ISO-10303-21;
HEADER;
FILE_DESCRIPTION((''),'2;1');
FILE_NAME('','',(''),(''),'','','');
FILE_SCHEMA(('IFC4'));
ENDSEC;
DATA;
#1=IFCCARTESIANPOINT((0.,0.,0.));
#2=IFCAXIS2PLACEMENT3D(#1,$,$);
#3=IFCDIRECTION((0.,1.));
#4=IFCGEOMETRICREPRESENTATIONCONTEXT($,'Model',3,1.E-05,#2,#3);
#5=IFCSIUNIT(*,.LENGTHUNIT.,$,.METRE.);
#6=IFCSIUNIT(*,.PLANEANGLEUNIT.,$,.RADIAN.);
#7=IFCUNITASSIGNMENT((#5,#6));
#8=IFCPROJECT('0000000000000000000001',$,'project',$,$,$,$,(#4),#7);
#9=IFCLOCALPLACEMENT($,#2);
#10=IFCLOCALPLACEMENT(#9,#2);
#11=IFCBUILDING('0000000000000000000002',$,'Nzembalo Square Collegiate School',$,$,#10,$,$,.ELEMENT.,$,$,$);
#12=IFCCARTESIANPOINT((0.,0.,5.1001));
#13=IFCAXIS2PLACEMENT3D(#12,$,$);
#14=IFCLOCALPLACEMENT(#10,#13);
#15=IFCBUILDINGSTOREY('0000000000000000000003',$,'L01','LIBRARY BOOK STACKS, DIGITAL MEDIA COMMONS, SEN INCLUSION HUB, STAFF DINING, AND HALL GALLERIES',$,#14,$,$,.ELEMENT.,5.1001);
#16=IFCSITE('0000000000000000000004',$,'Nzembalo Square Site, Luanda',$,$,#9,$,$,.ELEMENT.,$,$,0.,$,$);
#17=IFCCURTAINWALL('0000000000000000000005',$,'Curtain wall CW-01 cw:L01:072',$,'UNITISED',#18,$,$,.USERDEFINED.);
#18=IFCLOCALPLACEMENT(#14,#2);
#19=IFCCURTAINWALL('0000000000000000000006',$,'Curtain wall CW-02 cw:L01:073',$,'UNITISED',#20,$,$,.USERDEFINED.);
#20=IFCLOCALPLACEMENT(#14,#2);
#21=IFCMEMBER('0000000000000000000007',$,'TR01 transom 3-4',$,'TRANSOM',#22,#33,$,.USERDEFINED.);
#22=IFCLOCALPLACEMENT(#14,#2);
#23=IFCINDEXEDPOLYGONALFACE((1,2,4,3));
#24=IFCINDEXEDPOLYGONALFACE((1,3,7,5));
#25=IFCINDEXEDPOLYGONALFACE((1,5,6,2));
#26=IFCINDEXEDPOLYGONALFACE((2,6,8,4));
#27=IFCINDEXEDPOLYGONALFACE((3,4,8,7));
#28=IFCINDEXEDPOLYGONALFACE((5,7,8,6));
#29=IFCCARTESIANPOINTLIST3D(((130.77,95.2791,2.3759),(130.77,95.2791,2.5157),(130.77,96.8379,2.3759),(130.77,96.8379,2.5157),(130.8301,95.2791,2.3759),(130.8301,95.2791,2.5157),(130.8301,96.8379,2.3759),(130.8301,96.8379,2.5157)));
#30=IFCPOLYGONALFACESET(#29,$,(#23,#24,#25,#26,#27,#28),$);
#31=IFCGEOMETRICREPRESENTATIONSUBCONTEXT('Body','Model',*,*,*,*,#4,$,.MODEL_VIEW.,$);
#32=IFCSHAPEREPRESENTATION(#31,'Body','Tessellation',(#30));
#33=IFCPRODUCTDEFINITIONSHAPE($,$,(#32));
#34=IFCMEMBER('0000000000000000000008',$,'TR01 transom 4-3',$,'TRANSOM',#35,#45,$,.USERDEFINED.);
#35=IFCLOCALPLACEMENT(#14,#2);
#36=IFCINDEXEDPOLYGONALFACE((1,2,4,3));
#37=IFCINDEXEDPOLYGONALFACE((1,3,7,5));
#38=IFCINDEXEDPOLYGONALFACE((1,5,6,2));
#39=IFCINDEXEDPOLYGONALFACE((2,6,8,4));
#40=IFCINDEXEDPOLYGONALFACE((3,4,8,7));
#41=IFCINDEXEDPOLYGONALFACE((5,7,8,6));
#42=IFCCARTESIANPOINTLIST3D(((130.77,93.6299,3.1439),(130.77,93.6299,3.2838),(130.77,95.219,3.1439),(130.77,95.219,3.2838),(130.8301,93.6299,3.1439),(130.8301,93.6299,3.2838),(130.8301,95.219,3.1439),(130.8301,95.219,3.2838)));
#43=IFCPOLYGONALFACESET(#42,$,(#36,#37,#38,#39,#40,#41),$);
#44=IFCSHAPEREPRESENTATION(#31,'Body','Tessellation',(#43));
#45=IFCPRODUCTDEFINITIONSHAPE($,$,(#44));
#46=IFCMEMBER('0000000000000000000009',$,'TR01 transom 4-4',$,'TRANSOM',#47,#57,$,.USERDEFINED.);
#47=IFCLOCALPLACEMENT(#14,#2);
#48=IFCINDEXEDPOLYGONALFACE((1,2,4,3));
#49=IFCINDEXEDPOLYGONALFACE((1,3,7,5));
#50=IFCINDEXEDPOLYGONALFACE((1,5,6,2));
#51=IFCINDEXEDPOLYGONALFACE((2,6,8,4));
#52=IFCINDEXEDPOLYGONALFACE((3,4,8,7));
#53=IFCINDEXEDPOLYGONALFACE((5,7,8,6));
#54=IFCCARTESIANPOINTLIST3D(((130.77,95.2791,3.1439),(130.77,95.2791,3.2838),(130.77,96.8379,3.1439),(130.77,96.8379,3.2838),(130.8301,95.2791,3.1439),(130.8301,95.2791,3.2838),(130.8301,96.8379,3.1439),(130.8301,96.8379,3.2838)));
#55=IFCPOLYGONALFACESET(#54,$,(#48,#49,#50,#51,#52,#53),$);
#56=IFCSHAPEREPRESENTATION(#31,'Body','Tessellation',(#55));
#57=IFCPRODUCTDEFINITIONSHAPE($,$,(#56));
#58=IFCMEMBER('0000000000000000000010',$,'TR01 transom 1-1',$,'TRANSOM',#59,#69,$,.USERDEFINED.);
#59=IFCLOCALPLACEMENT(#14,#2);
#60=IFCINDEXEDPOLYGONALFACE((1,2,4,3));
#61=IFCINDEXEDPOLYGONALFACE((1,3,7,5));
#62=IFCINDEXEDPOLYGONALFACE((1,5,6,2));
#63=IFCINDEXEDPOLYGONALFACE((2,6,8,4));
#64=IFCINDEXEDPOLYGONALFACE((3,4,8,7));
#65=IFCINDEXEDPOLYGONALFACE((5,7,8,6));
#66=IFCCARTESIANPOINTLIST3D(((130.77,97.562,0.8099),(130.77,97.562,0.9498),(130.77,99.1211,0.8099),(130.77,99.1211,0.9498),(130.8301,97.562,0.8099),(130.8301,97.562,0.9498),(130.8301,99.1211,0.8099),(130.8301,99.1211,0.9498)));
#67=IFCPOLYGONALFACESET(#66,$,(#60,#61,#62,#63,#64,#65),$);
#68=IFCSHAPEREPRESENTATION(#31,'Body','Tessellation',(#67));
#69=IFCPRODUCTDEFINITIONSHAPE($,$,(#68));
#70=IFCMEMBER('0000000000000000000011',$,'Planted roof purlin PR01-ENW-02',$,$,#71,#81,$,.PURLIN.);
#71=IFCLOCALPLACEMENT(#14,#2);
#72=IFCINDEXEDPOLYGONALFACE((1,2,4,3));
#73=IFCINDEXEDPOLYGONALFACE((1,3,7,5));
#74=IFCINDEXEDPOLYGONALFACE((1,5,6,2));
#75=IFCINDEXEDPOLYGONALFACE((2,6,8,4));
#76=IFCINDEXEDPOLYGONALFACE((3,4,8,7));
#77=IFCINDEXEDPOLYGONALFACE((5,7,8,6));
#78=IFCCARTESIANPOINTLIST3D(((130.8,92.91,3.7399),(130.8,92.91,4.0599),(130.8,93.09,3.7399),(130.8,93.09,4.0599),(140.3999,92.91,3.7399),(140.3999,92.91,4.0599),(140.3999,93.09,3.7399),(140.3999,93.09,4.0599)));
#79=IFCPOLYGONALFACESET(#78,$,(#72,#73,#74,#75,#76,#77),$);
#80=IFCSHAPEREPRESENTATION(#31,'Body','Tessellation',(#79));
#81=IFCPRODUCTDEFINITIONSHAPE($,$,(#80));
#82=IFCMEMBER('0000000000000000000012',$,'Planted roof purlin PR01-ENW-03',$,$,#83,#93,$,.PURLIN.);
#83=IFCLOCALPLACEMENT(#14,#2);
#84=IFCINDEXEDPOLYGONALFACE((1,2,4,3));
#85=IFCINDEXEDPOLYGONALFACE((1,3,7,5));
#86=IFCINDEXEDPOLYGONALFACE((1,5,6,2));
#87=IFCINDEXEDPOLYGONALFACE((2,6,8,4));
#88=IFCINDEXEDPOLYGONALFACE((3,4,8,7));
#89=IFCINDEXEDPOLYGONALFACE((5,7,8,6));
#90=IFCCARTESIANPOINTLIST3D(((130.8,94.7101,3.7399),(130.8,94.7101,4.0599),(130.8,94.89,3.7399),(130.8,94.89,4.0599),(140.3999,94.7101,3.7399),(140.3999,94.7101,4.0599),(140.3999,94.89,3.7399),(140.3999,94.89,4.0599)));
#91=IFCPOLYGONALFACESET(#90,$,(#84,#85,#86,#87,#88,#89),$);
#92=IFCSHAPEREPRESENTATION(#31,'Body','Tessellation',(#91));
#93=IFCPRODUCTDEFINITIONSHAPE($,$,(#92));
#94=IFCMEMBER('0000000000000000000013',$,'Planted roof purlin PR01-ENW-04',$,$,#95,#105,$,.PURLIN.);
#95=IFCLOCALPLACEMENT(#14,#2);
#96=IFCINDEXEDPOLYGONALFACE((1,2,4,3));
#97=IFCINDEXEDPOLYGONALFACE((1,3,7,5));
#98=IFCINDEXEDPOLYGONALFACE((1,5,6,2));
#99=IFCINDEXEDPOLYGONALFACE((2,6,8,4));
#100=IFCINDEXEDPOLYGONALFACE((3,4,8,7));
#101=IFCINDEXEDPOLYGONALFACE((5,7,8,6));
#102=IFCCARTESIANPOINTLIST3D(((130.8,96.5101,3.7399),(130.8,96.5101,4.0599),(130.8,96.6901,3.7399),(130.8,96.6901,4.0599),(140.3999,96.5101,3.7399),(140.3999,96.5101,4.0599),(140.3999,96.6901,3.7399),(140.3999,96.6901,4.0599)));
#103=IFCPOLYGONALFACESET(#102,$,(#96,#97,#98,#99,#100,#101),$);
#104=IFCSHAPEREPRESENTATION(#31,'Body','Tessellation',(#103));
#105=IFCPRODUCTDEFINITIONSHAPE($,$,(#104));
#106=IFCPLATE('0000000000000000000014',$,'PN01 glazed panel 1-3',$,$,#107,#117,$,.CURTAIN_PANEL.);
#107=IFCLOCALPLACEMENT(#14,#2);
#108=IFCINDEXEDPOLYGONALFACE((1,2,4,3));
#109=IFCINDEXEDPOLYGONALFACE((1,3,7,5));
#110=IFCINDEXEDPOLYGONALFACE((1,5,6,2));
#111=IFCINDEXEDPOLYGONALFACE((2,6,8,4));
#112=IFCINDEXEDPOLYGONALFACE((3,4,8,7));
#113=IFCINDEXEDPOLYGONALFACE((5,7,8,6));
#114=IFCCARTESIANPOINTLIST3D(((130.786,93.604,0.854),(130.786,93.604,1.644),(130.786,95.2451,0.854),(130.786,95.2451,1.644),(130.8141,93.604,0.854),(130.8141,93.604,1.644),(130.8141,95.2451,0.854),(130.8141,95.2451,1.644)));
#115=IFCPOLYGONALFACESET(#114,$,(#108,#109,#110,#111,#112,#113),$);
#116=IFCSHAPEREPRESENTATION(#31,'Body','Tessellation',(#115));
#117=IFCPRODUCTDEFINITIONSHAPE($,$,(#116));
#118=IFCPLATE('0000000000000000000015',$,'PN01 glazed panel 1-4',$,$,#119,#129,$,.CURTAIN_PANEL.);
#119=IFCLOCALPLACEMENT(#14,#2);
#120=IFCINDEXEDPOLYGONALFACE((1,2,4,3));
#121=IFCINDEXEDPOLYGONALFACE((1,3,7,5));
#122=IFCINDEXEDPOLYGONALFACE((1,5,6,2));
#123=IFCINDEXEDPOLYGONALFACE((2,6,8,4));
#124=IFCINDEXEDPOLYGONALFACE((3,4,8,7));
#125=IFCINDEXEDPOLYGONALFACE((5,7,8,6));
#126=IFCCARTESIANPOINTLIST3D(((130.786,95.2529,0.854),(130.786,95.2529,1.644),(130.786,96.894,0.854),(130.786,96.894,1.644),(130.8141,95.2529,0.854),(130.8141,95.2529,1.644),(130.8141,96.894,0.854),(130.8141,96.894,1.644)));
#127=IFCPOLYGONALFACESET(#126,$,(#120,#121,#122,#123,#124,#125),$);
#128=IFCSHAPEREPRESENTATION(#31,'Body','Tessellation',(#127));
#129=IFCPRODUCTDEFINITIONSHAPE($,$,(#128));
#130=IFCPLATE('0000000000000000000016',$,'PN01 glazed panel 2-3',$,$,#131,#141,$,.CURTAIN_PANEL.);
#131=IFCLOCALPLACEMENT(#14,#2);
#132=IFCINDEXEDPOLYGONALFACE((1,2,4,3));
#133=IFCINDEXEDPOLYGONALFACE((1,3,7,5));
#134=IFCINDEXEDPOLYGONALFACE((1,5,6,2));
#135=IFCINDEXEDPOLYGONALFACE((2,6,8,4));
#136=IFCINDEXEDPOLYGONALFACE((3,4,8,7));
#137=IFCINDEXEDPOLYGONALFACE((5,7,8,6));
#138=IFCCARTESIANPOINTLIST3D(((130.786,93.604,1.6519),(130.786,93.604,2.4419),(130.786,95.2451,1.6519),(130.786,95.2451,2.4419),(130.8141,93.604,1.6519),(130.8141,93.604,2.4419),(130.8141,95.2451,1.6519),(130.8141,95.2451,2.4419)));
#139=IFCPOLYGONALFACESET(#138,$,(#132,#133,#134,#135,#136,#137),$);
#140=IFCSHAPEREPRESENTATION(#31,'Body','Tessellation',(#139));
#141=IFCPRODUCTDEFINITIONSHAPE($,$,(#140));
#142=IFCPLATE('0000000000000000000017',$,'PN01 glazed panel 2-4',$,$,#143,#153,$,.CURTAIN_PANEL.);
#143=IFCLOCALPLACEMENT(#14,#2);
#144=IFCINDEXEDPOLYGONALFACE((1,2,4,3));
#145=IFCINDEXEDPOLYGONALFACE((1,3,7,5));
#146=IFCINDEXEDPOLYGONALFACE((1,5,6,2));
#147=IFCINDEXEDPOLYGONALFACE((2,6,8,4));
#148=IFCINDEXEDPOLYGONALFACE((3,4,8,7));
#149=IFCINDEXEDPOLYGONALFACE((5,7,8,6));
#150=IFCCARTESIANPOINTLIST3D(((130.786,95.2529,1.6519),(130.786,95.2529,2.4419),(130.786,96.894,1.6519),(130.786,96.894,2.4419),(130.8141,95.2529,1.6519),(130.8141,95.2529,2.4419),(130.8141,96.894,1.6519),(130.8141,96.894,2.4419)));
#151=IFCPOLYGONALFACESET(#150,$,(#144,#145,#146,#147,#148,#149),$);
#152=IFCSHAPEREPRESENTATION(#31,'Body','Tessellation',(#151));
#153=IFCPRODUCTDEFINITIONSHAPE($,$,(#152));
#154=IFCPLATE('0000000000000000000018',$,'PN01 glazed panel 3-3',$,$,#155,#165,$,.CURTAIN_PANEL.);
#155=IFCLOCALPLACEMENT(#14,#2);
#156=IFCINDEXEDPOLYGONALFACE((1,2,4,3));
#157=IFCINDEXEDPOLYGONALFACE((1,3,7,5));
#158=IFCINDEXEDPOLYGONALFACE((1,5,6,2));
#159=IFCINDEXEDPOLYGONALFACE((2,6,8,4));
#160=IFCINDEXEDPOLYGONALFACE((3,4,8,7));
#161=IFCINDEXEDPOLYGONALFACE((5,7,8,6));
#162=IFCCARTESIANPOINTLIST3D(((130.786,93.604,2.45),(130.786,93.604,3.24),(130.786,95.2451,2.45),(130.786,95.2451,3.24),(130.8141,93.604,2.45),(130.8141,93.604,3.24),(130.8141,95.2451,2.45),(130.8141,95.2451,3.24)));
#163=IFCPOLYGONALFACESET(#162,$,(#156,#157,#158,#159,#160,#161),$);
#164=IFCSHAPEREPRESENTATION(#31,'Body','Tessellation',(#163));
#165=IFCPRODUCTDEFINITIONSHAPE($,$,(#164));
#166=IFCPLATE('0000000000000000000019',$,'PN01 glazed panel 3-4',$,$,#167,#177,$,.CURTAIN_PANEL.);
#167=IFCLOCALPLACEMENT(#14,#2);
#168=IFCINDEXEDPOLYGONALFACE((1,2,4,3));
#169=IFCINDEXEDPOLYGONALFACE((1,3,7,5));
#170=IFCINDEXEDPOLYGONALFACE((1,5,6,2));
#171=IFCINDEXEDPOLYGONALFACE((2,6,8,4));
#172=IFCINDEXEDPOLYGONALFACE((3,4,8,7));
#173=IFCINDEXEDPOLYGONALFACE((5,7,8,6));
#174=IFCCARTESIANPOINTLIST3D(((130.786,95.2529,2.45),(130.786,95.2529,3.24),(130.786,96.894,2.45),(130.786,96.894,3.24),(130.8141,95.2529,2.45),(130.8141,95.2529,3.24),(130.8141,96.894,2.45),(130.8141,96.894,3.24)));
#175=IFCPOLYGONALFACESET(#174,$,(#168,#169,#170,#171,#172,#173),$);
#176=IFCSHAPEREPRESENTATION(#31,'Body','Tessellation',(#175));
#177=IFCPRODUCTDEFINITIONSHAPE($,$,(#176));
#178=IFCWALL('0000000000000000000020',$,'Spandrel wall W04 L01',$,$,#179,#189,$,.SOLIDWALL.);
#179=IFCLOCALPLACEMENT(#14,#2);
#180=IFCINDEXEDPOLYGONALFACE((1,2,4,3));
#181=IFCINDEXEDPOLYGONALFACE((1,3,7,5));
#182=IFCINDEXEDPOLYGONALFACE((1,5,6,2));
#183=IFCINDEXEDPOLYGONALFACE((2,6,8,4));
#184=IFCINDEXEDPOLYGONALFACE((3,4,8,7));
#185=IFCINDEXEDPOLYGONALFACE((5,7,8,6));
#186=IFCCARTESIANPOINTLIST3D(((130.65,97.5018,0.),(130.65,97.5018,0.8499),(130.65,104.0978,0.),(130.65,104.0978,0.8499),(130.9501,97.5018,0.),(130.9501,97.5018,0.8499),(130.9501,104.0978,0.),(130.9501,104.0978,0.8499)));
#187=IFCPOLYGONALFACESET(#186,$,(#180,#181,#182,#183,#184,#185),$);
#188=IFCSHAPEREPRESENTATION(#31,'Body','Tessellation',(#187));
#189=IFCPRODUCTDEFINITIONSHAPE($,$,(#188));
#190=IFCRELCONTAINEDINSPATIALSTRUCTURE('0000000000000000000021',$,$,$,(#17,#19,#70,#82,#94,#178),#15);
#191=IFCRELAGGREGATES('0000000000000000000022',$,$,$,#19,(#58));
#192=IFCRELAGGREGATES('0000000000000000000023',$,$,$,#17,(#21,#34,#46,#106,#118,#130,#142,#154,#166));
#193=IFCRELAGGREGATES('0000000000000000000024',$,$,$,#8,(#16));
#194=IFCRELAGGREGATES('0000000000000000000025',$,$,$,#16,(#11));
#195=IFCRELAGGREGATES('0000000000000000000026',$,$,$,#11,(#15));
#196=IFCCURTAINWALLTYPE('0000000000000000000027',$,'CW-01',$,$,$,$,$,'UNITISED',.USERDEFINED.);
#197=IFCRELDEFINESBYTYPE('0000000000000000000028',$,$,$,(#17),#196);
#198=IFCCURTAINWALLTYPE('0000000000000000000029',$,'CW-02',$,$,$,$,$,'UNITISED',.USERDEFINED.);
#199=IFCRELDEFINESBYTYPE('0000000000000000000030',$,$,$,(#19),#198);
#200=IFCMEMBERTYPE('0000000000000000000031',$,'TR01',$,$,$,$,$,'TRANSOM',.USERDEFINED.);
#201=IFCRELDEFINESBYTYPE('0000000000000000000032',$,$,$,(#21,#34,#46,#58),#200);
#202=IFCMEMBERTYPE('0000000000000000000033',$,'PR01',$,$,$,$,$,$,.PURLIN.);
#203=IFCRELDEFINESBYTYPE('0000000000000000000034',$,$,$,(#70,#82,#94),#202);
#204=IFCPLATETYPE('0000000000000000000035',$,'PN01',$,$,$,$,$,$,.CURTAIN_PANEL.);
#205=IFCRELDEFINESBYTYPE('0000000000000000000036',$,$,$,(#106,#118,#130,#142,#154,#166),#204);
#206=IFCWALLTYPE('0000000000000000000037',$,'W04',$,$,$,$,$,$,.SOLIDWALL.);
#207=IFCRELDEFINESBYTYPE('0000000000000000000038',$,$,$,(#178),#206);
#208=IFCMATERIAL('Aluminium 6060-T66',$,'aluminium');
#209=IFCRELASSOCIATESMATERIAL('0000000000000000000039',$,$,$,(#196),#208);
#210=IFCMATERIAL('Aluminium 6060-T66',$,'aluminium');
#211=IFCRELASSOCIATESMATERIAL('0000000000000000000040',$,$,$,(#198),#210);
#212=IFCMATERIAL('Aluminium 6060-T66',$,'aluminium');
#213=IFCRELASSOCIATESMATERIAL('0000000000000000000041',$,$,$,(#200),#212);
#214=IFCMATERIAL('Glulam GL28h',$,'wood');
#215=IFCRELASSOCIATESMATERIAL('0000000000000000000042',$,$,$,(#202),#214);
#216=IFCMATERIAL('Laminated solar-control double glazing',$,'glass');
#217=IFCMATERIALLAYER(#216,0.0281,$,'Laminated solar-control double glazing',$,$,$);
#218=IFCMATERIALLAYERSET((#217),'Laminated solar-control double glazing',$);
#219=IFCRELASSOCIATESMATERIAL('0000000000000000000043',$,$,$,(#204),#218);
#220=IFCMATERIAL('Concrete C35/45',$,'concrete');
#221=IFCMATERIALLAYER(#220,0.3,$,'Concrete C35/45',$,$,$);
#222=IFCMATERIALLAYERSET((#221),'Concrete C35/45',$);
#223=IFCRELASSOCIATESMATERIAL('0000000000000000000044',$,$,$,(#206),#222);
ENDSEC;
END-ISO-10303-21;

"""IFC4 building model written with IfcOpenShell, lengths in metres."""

from ifc_helpers import new_model, si_unit, direction, frame, frame_2d, origin, origin_2d, place, context, subcontext, project, spatial, rectangle, extrude, material, layer, layer_set, material_profile, profile_set, type_object, element, aggregate, save


model = new_model("IFC4")

# Units and contexts
model_context = context("Model", 3, precision=1e-05, world=origin(), true_north=direction((0.0, 1.0)))
body_context = subcontext(model_context, "Body", "Model", "MODEL_VIEW")
ifc_project = project(units=[si_unit("LENGTHUNIT", "METRE"), si_unit("PLANEANGLEUNIT", "RADIAN")], contexts=[model_context])

# Site, building, storey
site_placement = place(None, origin())
site = spatial("IfcSite", under=ifc_project, at=site_placement, Name="Nzembalo Square Site, Luanda", CompositionType="ELEMENT", RefElevation=0.0)
building_placement = place(site_placement, origin())
building = spatial("IfcBuilding", under=site, at=building_placement, Name="Nzembalo Square Collegiate School", CompositionType="ELEMENT")
storey_placement = place(building_placement, frame((0.0, 0.0, 5.1001)))
storey = spatial("IfcBuildingStorey", under=building, at=storey_placement, Name="L01", Description="LIBRARY BOOK STACKS, DIGITAL MEDIA COMMONS, SEN INCLUSION HUB, STAFF DINING, AND HALL GALLERIES", CompositionType="ELEMENT", Elevation=5.1001)

# Curtain wall
ifc_material_1 = material(Name="Aluminium 6060-T66", Category="aluminium")
curtain_wall_type_1 = type_object("IfcCurtainWallType", Name="CW-01", ElementType="UNITISED", PredefinedType="USERDEFINED", material=ifc_material_1)
curtain_wall_1_placement = place(storey_placement, origin())
curtain_wall_1 = element("IfcCurtainWall", 1, at=curtain_wall_1_placement, inside=storey, type_object=curtain_wall_type_1, Name="Curtain wall CW-01 cw:L01:072", ObjectType="UNITISED", PredefinedType="USERDEFINED")

# Curtain wall
ifc_material_2 = material(Name="Aluminium 6060-T66", Category="aluminium")
curtain_wall_type_2 = type_object("IfcCurtainWallType", Name="CW-02", ElementType="UNITISED", PredefinedType="USERDEFINED", material=ifc_material_2)
curtain_wall_2_placement = place(storey_placement, origin())
curtain_wall_2 = element("IfcCurtainWall", 2, at=curtain_wall_2_placement, inside=storey, type_object=curtain_wall_type_2, Name="Curtain wall CW-02 cw:L01:073", ObjectType="UNITISED", PredefinedType="USERDEFINED")

# Members
ifc_material_3 = material(Name="Aluminium 6060-T66", Category="aluminium")
ifc_material_profile_1 = material_profile(ifc_material_3, rectangle(XDim=0.0601, YDim=0.1399, at=origin_2d()), Name="ALU T60x140")
ifc_profile_set_1 = profile_set([ifc_material_profile_1], Name="Aluminium 6060-T66")
member_type_1 = type_object("IfcMemberType", Name="TR01", ElementType="TRANSOM", PredefinedType="USERDEFINED", material=ifc_profile_set_1)
member_1_placement = place(storey_placement, frame((130.8, 95.2791, 2.4458), z_axis=(0.0, 1.0, 0.0), x_axis=(-1.0, 0.0, 0.0)))
member_1 = element("IfcMember", 3, at=member_1_placement, type_object=member_type_1, Name="TR01 transom 3-4", ObjectType="TRANSOM", PredefinedType="USERDEFINED", context=body_context, shape_type="SweptSolid", body=[
    extrude(rectangle(XDim=0.0601, YDim=0.1399, at=origin_2d()), origin(), (0.0, 0.0, 1.0), 1.5588),
])
member_2_placement = place(storey_placement, frame((130.8, 93.6299, 3.2139), z_axis=(0.0, 1.0, 0.0), x_axis=(-1.0, 0.0, 0.0)))
member_2 = element("IfcMember", 4, at=member_2_placement, type_object=member_type_1, Name="TR01 transom 4-3", ObjectType="TRANSOM", PredefinedType="USERDEFINED", context=body_context, shape_type="SweptSolid", body=[
    extrude(rectangle(XDim=0.0601, YDim=0.1399, at=origin_2d()), origin(), (0.0, 0.0, 1.0), 1.5891),
])
member_3_placement = place(storey_placement, frame((130.8, 95.2791, 3.2139), z_axis=(0.0, 1.0, 0.0), x_axis=(-1.0, 0.0, 0.0)))
member_3 = element("IfcMember", 5, at=member_3_placement, type_object=member_type_1, Name="TR01 transom 4-4", ObjectType="TRANSOM", PredefinedType="USERDEFINED", context=body_context, shape_type="SweptSolid", body=[
    extrude(rectangle(XDim=0.0601, YDim=0.1399, at=origin_2d()), origin(), (0.0, 0.0, 1.0), 1.5588),
])
member_4_placement = place(storey_placement, frame((130.8, 97.562, 0.8799), z_axis=(0.0, 1.0, 0.0), x_axis=(-1.0, 0.0, 0.0)))
member_4 = element("IfcMember", 6, at=member_4_placement, type_object=member_type_1, Name="TR01 transom 1-1", ObjectType="TRANSOM", PredefinedType="USERDEFINED", context=body_context, shape_type="SweptSolid", body=[
    extrude(rectangle(XDim=0.0601, YDim=0.1399, at=origin_2d()), origin(), (0.0, 0.0, 1.0), 1.5591),
])
aggregate(curtain_wall_2, [member_4])

# Members
ifc_material_4 = material(Name="Glulam GL28h", Category="wood")
ifc_material_profile_2 = material_profile(ifc_material_4, rectangle(XDim=0.1799, YDim=0.3201, at=origin_2d()), Name="GL28h 180x320")
ifc_profile_set_2 = profile_set([ifc_material_profile_2], Name="Glulam GL28h")
member_type_2 = type_object("IfcMemberType", Name="PR01", PredefinedType="PURLIN", material=ifc_profile_set_2)
for number, where, z_axis, x_axis, name in (
    (7, (130.8, 93.0, 3.8999), (1.0, 0.0, 0.0), (0.0, 1.0, 0.0), "Planted roof purlin PR01-ENW-02"),
    (8, (130.8, 94.8, 3.8999), (1.0, 0.0, 0.0), (0.0, 1.0, 0.0), "Planted roof purlin PR01-ENW-03"),
    (9, (130.8, 96.6001, 3.8999), (1.0, 0.0, 0.0), (0.0, 1.0, 0.0), "Planted roof purlin PR01-ENW-04"),
):
    element("IfcMember", number, at=place(storey_placement, frame(where, z_axis=z_axis, x_axis=x_axis)), inside=storey, type_object=member_type_2, Name=name, PredefinedType="PURLIN", context=body_context, shape_type="SweptSolid", body=[
        extrude(rectangle(XDim=0.1799, YDim=0.3201, at=origin_2d()), origin(), (0.0, 0.0, 1.0), 9.5999),
    ])

# Plates
ifc_material_5 = material(Name="Laminated solar-control double glazing", Category="glass")
ifc_layer_1 = layer(ifc_material_5, 0.0281, Name="Laminated solar-control double glazing")
ifc_layer_set_1 = layer_set([ifc_layer_1], Name="Laminated solar-control double glazing")
plate_type = type_object("IfcPlateType", Name="PN01", PredefinedType="CURTAIN_PANEL", material=ifc_layer_set_1)
plate_1_placement = place(storey_placement, frame((130.8, 94.4246, 0.854), z_axis=(0.0, 0.0, 1.0), x_axis=(0.0, 1.0, 0.0)))
plate_1 = element("IfcPlate", 10, at=plate_1_placement, type_object=plate_type, Name="PN01 glazed panel 1-3", PredefinedType="CURTAIN_PANEL", context=body_context, shape_type="SweptSolid", body=[
    extrude(rectangle(XDim=1.6411, YDim=0.0281, at=origin_2d()), origin(), (0.0, 0.0, 1.0), 0.79),
])
plate_2_placement = place(storey_placement, frame((130.8, 96.0735, 0.854), z_axis=(0.0, 0.0, 1.0), x_axis=(0.0, 1.0, 0.0)))
plate_2 = element("IfcPlate", 11, at=plate_2_placement, type_object=plate_type, Name="PN01 glazed panel 1-4", PredefinedType="CURTAIN_PANEL", context=body_context, shape_type="SweptSolid", body=[
    extrude(rectangle(XDim=1.6411, YDim=0.0281, at=origin_2d()), origin(), (0.0, 0.0, 1.0), 0.79),
])
plate_3_placement = place(storey_placement, frame((130.8, 94.4246, 1.6519), z_axis=(0.0, 0.0, 1.0), x_axis=(0.0, 1.0, 0.0)))
plate_3 = element("IfcPlate", 12, at=plate_3_placement, type_object=plate_type, Name="PN01 glazed panel 2-3", PredefinedType="CURTAIN_PANEL", context=body_context, shape_type="SweptSolid", body=[
    extrude(rectangle(XDim=1.6411, YDim=0.0281, at=origin_2d()), origin(), (0.0, 0.0, 1.0), 0.79),
])
plate_4_placement = place(storey_placement, frame((130.8, 96.0735, 1.6519), z_axis=(0.0, 0.0, 1.0), x_axis=(0.0, 1.0, 0.0)))
plate_4 = element("IfcPlate", 13, at=plate_4_placement, type_object=plate_type, Name="PN01 glazed panel 2-4", PredefinedType="CURTAIN_PANEL", context=body_context, shape_type="SweptSolid", body=[
    extrude(rectangle(XDim=1.6411, YDim=0.0281, at=origin_2d()), origin(), (0.0, 0.0, 1.0), 0.79),
])
plate_5_placement = place(storey_placement, frame((130.8, 94.4246, 2.45), z_axis=(0.0, 0.0, 1.0), x_axis=(0.0, 1.0, 0.0)))
plate_5 = element("IfcPlate", 14, at=plate_5_placement, type_object=plate_type, Name="PN01 glazed panel 3-3", PredefinedType="CURTAIN_PANEL", context=body_context, shape_type="SweptSolid", body=[
    extrude(rectangle(XDim=1.6411, YDim=0.0281, at=origin_2d()), origin(), (0.0, 0.0, 1.0), 0.79),
])
plate_6_placement = place(storey_placement, frame((130.8, 96.0735, 2.45), z_axis=(0.0, 0.0, 1.0), x_axis=(0.0, 1.0, 0.0)))
plate_6 = element("IfcPlate", 15, at=plate_6_placement, type_object=plate_type, Name="PN01 glazed panel 3-4", PredefinedType="CURTAIN_PANEL", context=body_context, shape_type="SweptSolid", body=[
    extrude(rectangle(XDim=1.6411, YDim=0.0281, at=origin_2d()), origin(), (0.0, 0.0, 1.0), 0.79),
])
aggregate(curtain_wall_1, [member_1, member_2, member_3, plate_1, plate_2, plate_3, plate_4, plate_5, plate_6])

# Wall
ifc_material_6 = material(Name="Concrete C35/45", Category="concrete")
ifc_layer_2 = layer(ifc_material_6, 0.3, Name="Concrete C35/45")
ifc_layer_set_2 = layer_set([ifc_layer_2], Name="Concrete C35/45")
wall_type = type_object("IfcWallType", Name="W04", PredefinedType="SOLIDWALL", material=ifc_layer_set_2)
wall_placement = place(storey_placement, frame((130.8, 97.502, 0.0), z_axis=(0.0, 0.0, 1.0), x_axis=(0.0, 1.0, 0.0)))
element("IfcWall", 16, at=wall_placement, inside=storey, type_object=wall_type, Name="Spandrel wall W04 L01", PredefinedType="SOLIDWALL", context=body_context, shape_type="SweptSolid", body=[
    extrude(rectangle(XDim=6.5959, YDim=0.3, at=frame_2d((3.2979, 0.0))), origin(), (0.0, 0.0, 1.0), 0.8499),
])

save(model, "model.ifc")
